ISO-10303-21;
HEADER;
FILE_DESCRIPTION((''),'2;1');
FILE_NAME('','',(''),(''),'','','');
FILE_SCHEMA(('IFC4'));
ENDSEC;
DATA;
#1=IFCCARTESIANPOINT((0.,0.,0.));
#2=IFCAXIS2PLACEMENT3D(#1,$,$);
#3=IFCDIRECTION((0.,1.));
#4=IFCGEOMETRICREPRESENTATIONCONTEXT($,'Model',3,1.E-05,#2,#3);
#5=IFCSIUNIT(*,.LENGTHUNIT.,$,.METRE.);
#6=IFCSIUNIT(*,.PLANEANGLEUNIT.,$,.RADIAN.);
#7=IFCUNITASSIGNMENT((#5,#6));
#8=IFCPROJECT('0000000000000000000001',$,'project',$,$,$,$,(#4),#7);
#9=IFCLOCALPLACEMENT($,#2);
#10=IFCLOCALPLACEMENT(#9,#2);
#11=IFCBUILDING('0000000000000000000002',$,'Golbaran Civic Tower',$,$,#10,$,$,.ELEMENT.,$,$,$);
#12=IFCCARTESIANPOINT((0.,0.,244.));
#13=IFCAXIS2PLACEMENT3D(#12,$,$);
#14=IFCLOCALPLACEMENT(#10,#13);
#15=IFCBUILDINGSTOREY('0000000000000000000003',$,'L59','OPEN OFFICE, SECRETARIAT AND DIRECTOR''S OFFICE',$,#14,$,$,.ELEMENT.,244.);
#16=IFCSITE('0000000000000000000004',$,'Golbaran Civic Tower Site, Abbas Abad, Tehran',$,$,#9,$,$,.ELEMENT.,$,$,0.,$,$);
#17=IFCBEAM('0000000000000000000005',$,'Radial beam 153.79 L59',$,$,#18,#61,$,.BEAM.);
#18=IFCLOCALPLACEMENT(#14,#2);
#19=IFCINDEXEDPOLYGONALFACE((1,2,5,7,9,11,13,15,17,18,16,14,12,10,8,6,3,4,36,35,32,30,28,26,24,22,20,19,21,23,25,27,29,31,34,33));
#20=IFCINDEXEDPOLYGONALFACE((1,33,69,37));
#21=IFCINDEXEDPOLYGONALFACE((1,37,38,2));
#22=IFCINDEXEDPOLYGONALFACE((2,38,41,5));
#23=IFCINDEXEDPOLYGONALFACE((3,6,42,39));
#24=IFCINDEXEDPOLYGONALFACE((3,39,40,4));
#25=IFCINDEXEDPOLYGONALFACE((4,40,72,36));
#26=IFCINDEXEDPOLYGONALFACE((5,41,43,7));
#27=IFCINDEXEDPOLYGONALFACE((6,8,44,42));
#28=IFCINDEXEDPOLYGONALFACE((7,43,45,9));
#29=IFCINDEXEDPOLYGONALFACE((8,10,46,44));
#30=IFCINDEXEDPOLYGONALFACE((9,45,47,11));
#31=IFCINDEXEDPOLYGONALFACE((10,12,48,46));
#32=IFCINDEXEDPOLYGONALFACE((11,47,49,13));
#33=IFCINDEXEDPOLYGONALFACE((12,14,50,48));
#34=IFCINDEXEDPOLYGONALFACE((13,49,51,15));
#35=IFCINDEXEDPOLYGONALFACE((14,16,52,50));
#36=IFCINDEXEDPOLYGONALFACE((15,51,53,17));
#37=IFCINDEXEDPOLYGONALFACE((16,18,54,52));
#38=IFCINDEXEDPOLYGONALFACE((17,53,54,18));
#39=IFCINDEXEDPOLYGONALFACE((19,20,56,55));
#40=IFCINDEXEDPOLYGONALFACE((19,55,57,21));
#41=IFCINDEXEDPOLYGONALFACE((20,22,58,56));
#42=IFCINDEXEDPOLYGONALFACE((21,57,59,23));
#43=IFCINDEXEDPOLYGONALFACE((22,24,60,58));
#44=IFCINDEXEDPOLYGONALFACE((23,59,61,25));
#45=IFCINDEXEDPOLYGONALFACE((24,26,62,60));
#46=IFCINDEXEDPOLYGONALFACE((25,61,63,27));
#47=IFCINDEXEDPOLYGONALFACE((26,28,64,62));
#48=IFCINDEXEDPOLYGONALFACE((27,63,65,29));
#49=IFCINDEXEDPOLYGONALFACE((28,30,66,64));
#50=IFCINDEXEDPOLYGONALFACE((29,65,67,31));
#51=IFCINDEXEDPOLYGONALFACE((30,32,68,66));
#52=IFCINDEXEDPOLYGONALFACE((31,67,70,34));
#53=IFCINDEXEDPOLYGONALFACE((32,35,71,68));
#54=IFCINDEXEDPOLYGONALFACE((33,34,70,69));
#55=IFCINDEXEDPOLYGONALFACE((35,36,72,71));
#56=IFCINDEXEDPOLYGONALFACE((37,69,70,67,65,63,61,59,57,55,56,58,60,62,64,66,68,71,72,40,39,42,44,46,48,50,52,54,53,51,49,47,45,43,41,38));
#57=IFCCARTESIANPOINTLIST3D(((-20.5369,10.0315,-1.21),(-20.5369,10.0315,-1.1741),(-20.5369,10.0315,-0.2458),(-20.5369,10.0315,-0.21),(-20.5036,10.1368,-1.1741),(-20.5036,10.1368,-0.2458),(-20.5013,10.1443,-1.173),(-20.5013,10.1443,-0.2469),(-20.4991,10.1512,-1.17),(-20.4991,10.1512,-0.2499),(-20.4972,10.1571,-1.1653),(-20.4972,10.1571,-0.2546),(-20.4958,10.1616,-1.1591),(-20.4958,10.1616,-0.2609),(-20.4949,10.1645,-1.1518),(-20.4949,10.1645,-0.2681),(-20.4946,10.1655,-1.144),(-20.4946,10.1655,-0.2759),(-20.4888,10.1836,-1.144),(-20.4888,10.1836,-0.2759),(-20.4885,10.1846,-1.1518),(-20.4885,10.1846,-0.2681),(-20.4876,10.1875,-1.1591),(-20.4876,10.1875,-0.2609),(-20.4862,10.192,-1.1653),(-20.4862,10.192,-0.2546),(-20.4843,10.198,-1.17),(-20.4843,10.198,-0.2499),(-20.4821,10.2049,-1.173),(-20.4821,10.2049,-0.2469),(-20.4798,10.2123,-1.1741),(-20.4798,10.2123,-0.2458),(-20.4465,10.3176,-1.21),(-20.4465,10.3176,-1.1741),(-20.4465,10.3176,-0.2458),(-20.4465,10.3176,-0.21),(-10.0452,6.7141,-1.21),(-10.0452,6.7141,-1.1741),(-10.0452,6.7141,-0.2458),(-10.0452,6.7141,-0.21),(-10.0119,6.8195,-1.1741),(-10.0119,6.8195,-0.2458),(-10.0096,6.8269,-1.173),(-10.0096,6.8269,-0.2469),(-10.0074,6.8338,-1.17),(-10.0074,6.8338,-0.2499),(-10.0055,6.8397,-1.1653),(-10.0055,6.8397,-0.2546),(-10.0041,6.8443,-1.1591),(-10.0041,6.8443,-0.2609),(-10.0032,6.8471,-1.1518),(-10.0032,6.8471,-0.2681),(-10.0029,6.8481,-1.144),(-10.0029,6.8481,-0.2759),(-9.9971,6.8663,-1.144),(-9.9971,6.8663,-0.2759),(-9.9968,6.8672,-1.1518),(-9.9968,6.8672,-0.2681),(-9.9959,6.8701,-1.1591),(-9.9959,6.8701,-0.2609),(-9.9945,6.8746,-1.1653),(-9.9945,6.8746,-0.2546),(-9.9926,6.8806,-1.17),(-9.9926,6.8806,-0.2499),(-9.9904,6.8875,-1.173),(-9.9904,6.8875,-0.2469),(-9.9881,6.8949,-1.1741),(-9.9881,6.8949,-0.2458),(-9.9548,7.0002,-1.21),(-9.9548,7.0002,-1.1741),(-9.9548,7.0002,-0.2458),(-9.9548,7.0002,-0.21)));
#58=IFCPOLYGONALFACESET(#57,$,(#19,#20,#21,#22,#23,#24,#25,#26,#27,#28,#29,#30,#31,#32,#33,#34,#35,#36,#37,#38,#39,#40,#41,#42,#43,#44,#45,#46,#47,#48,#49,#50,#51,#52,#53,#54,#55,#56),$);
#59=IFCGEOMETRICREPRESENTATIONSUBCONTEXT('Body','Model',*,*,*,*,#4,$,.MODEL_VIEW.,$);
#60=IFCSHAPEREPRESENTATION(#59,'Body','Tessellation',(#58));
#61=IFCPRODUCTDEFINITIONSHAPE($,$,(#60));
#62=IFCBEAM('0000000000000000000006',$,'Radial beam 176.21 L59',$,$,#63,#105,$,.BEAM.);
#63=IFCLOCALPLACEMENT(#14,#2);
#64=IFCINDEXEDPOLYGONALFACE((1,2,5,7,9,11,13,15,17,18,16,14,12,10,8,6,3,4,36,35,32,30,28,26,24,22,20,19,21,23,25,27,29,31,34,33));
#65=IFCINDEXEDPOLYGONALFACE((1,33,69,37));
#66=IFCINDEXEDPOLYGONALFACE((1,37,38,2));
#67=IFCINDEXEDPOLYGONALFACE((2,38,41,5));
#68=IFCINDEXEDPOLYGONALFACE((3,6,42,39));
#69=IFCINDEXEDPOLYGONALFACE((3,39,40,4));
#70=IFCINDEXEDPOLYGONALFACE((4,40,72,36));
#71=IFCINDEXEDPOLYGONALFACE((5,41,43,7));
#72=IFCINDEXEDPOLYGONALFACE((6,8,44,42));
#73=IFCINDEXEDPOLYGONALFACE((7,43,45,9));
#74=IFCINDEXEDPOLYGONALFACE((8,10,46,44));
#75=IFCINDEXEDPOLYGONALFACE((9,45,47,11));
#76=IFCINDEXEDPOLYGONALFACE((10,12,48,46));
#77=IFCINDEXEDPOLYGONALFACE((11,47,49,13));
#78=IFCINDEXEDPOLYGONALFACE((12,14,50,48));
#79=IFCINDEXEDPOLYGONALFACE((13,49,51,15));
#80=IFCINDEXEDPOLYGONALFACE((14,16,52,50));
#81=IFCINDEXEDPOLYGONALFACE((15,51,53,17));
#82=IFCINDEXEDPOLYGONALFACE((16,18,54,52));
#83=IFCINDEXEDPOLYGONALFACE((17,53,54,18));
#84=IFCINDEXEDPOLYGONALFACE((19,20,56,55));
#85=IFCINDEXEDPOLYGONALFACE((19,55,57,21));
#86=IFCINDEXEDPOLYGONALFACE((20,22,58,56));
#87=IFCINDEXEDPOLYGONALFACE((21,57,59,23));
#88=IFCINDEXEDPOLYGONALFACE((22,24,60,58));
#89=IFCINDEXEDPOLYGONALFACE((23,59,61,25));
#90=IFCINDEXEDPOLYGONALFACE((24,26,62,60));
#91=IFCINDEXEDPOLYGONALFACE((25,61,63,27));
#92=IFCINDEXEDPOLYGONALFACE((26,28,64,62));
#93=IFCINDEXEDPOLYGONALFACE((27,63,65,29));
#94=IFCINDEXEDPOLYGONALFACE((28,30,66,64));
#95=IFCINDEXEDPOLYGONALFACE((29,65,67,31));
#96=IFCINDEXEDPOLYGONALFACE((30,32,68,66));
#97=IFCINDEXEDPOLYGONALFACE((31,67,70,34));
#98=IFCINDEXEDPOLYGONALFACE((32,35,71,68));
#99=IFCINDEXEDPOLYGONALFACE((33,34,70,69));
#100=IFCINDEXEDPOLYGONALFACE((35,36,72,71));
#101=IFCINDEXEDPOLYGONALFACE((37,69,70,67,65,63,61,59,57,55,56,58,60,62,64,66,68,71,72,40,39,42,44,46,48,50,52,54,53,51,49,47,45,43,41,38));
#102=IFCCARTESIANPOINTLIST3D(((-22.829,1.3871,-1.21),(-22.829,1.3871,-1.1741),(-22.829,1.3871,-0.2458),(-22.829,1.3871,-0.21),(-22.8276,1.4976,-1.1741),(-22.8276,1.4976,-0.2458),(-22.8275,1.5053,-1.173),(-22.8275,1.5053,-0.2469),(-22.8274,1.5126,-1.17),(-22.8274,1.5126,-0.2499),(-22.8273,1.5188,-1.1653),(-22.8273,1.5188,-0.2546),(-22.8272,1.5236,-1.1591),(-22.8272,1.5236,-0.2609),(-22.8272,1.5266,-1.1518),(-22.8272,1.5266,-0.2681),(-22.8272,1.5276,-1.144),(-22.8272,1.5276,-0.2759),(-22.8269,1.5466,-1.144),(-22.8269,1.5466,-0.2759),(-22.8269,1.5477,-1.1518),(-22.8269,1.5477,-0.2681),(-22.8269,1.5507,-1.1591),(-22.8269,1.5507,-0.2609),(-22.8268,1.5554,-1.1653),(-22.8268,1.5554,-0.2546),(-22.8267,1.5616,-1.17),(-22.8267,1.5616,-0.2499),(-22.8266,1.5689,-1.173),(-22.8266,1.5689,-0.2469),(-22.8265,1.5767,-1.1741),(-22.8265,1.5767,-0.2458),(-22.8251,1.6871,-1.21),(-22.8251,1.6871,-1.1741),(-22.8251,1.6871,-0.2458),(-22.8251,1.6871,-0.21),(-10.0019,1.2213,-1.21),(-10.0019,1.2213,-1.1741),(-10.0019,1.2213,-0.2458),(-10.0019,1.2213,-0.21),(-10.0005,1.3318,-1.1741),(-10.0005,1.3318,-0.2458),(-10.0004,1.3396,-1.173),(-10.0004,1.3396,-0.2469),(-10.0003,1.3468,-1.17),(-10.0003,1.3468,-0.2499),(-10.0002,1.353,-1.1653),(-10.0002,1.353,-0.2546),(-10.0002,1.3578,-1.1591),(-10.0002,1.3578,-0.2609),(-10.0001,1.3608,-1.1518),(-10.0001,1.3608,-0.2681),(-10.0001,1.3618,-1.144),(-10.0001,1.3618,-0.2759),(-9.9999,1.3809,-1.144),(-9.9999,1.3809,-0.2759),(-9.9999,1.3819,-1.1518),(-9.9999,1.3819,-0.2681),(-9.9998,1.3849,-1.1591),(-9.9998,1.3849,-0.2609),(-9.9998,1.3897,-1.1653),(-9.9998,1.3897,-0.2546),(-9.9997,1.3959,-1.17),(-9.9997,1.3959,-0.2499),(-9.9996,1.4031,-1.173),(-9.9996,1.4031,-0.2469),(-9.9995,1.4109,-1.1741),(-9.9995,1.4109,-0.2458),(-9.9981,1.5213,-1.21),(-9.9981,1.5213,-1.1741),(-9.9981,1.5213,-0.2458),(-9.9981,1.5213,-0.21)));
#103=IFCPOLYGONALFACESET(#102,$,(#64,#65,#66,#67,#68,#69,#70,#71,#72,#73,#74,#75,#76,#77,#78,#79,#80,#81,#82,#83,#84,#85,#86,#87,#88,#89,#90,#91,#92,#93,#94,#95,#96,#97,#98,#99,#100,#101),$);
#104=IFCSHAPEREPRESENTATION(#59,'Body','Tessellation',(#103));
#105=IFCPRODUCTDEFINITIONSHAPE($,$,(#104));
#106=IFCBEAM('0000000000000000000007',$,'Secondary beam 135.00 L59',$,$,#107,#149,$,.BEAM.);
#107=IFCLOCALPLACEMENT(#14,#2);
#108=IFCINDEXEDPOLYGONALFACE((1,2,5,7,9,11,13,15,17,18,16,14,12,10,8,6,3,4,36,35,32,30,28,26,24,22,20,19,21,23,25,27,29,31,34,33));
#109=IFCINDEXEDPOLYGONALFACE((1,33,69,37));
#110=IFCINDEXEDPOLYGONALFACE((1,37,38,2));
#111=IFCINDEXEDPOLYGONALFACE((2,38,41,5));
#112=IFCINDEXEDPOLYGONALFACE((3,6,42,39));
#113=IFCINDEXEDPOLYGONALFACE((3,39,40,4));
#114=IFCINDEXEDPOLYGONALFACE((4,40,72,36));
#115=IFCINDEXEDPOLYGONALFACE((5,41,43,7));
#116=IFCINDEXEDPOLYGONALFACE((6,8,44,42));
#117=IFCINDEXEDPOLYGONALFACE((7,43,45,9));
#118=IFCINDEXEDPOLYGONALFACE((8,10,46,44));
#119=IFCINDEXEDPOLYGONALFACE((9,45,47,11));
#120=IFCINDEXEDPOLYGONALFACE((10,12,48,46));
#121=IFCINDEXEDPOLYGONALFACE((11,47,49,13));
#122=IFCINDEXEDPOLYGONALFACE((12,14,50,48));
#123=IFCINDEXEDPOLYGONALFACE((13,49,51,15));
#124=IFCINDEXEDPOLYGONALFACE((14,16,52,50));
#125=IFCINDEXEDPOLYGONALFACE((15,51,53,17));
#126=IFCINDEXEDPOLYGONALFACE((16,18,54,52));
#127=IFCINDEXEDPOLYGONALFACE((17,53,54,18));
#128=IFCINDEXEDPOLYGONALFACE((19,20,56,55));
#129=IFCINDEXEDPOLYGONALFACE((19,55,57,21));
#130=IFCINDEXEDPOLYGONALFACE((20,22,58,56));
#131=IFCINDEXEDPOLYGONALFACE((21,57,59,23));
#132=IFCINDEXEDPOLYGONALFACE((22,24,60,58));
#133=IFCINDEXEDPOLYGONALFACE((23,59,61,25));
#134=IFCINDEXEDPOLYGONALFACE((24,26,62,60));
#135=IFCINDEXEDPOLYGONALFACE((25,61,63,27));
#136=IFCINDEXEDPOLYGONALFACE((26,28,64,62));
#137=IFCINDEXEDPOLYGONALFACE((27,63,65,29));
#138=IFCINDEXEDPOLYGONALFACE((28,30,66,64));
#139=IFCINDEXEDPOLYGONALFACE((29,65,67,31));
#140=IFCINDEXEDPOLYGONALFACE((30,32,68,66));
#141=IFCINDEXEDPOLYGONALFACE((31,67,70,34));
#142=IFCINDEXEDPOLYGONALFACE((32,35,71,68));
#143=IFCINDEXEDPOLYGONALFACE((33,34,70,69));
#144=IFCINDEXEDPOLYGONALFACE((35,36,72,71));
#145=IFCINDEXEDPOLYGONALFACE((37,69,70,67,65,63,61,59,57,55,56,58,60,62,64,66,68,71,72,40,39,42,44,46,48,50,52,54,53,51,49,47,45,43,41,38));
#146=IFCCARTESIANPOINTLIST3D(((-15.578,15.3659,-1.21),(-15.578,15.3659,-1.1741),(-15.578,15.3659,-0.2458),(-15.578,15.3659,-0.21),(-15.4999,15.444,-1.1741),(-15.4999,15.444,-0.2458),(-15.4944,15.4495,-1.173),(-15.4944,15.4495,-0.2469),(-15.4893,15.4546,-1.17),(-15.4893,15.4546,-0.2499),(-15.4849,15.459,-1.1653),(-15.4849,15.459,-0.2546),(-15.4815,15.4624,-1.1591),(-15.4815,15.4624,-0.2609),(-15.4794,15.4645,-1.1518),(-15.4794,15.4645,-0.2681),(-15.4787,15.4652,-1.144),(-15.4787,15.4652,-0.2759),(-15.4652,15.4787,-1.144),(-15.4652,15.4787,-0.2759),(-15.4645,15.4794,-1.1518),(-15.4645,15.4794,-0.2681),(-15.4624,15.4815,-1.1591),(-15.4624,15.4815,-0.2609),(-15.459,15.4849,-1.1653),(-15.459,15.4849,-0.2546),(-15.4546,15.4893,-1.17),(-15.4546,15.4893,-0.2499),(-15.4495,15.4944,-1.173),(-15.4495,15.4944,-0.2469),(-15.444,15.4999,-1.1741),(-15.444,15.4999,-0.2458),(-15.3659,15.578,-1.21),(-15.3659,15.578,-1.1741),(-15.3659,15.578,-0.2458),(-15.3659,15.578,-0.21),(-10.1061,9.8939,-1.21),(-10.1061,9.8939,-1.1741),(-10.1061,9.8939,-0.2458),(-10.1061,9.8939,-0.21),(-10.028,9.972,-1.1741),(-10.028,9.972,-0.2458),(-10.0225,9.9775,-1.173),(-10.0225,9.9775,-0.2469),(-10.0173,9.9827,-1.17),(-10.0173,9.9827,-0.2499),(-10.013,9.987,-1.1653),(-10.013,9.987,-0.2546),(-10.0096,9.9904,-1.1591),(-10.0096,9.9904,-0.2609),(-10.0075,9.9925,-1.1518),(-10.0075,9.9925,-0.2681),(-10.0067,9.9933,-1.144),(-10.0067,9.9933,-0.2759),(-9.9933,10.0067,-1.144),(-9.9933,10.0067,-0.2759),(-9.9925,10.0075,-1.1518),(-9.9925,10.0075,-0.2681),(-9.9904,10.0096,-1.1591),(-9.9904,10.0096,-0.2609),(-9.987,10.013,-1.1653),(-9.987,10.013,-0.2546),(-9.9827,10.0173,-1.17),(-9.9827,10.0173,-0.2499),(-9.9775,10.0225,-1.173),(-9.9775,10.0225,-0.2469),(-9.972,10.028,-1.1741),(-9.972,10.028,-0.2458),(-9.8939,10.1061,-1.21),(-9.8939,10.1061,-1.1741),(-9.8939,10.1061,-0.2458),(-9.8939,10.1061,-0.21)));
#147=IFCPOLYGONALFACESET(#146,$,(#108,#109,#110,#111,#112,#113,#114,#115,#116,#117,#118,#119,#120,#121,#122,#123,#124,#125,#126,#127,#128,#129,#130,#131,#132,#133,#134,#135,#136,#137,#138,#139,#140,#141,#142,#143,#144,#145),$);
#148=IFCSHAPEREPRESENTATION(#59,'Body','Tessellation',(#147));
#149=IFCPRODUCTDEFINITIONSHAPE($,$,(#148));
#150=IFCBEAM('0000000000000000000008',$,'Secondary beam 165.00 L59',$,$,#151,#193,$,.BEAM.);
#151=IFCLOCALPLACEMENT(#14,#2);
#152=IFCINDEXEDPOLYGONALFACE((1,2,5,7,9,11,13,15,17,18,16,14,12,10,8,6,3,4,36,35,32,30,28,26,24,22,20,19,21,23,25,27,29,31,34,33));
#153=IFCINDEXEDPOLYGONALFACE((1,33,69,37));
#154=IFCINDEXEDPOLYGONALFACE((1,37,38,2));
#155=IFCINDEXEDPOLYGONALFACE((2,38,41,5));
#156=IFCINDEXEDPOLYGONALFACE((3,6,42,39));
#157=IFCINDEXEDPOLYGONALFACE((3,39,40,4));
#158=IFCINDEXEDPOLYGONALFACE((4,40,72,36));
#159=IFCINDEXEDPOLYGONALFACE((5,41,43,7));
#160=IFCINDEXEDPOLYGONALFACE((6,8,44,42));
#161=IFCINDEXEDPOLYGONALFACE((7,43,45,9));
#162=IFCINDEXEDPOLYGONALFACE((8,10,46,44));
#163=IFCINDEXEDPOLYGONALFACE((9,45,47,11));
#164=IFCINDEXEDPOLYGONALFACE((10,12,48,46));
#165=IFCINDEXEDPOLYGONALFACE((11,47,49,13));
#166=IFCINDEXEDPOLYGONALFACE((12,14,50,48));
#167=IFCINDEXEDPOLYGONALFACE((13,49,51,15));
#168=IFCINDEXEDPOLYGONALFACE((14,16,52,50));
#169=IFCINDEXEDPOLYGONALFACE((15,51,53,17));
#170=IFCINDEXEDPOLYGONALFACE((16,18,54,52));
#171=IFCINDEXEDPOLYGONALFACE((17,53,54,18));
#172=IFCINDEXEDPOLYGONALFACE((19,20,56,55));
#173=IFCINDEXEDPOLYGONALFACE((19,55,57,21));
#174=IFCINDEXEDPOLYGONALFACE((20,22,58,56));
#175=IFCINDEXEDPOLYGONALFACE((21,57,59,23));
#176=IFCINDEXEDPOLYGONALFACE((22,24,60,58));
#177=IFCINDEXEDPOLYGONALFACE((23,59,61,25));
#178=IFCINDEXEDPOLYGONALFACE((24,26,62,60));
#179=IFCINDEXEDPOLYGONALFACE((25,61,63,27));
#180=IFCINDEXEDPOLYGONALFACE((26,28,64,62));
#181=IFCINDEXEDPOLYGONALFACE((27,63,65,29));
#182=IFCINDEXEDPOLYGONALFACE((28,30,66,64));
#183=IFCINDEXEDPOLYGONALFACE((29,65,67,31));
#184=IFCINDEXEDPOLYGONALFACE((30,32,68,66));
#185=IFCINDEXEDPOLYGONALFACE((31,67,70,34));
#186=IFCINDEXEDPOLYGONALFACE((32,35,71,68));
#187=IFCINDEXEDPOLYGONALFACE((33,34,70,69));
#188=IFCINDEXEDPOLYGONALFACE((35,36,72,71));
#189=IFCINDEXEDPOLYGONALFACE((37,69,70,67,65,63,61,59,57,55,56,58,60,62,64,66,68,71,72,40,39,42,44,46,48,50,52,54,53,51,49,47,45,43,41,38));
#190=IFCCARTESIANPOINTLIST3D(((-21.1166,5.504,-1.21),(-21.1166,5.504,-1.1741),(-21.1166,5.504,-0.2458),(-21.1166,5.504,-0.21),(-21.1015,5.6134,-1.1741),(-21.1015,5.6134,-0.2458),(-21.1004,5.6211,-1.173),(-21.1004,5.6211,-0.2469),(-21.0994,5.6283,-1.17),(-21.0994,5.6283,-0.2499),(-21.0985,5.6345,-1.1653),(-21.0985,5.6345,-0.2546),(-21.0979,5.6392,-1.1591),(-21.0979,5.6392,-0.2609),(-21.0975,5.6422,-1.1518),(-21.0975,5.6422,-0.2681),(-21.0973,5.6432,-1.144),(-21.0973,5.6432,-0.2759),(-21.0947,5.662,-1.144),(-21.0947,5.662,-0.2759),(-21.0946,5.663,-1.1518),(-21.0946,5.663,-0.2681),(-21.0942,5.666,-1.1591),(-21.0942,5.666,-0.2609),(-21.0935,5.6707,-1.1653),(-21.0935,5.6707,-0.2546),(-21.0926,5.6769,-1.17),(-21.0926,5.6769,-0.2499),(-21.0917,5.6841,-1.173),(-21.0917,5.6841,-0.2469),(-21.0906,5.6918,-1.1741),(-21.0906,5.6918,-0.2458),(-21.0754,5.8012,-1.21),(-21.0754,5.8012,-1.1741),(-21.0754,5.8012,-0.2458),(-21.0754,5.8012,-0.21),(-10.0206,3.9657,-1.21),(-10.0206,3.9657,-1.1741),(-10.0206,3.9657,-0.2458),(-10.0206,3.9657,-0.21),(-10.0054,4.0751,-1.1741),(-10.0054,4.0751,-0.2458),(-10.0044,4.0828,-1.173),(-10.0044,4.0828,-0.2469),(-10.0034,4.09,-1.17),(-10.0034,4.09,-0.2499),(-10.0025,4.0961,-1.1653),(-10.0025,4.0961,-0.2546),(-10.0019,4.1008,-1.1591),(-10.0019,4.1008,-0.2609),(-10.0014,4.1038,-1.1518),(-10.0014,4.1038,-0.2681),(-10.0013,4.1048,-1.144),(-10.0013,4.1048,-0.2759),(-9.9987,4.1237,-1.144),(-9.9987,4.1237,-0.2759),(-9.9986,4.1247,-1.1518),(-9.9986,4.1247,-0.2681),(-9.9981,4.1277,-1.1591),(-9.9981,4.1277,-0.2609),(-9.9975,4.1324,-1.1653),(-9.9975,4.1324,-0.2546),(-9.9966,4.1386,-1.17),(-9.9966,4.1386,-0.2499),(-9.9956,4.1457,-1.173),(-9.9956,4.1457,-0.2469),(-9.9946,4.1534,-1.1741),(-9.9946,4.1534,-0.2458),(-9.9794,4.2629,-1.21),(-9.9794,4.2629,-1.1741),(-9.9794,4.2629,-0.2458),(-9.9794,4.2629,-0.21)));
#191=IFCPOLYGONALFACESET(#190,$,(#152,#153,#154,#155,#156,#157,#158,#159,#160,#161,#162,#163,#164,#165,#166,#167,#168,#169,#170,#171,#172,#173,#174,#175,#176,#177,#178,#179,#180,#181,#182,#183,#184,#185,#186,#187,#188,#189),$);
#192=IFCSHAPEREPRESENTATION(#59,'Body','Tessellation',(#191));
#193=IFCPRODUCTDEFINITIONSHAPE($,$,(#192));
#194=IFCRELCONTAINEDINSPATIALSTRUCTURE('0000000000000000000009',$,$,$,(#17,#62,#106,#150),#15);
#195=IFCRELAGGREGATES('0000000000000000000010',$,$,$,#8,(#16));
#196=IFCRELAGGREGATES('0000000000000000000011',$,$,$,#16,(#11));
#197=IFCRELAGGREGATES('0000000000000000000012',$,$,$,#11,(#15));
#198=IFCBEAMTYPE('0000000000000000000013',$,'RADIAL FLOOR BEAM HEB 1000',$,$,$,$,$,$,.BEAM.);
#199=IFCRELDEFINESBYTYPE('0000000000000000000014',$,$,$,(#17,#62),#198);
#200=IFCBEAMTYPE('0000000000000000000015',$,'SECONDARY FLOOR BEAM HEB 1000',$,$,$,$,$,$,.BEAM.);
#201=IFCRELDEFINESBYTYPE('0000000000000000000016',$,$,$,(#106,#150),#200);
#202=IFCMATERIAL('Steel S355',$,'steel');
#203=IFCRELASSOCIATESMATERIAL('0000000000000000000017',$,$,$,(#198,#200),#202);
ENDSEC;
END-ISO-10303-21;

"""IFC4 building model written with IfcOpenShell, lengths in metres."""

from ifc_helpers import new_model, si_unit, direction, frame, origin, origin_2d, place, context, subcontext, project, spatial, i_section, extrude, material, material_profile, profile_set, type_object, element, save


model = new_model("IFC4")

# Units and contexts
model_context = context("Model", 3, precision=1e-05, world=origin(), true_north=direction((0.0, 1.0)))
body_context = subcontext(model_context, "Body", "Model", "MODEL_VIEW")
ifc_project = project(units=[si_unit("LENGTHUNIT", "METRE"), si_unit("PLANEANGLEUNIT", "RADIAN")], contexts=[model_context])

# Site, building, storey
site_placement = place(None, origin())
site = spatial("IfcSite", under=ifc_project, at=site_placement, Name="Golbaran Civic Tower Site, Abbas Abad, Tehran", CompositionType="ELEMENT", RefElevation=0.0)
building_placement = place(site_placement, origin())
building = spatial("IfcBuilding", under=site, at=building_placement, Name="Golbaran Civic Tower", CompositionType="ELEMENT")
storey_placement = place(building_placement, frame((0.0, 0.0, 244.0)))
storey = spatial("IfcBuildingStorey", under=building, at=storey_placement, Name="L59", Description="OPEN OFFICE, SECRETARIAT AND DIRECTOR'S OFFICE", CompositionType="ELEMENT", Elevation=244.0)

# Beams
ifc_material_1 = material(Name="Steel S355", Category="steel")
ifc_material_profile_1 = material_profile(ifc_material_1, i_section(OverallWidth=0.3, OverallDepth=1.0, WebThickness=0.019, FlangeThickness=0.0359, FilletRadius=0.03, at=origin_2d()), Name="HEB 1000")
ifc_profile_set_1 = profile_set([ifc_material_profile_1], Name="Steel S355")
beam_type_1 = type_object("IfcBeamType", Name="RADIAL FLOOR BEAM HEB 1000", PredefinedType="BEAM", material=ifc_profile_set_1)
beam_1_placement = place(storey_placement, frame((-10.0, 6.8572, -0.71), z_axis=(-0.953473, 0.30148, 0.0), x_axis=(-0.30148, -0.953473, 0.0)))
element("IfcBeam", 1, at=beam_1_placement, inside=storey, type_object=beam_type_1, Name="Radial beam 153.79 L59", PredefinedType="BEAM", context=body_context, shape_type="SweptSolid", body=[
    extrude(i_section(OverallWidth=0.3, OverallDepth=1.0, WebThickness=0.019, FlangeThickness=0.0359, FilletRadius=0.03, at=origin_2d()), origin(), (0.0, 0.0, 1.0), 11.0037),
])
beam_2_placement = place(storey_placement, frame((-10.0, 1.3713, -0.71), z_axis=(-0.999917, 0.012922, 0.0), x_axis=(-0.012922, -0.999917, 0.0)))
element("IfcBeam", 2, at=beam_2_placement, inside=storey, type_object=beam_type_1, Name="Radial beam 176.21 L59", PredefinedType="BEAM", context=body_context, shape_type="SweptSolid", body=[
    extrude(i_section(OverallWidth=0.3, OverallDepth=1.0, WebThickness=0.019, FlangeThickness=0.0359, FilletRadius=0.03, at=origin_2d()), origin(), (0.0, 0.0, 1.0), 12.8281),
])
ifc_material_profile_2 = material_profile(ifc_material_1, i_section(OverallWidth=0.3, OverallDepth=1.0, WebThickness=0.019, FlangeThickness=0.0359, FilletRadius=0.03, at=origin_2d()), Name="HEB 1000")
ifc_profile_set_2 = profile_set([ifc_material_profile_2], Name="Steel S355")
beam_type_2 = type_object("IfcBeamType", Name="SECONDARY FLOOR BEAM HEB 1000", PredefinedType="BEAM", material=ifc_profile_set_2)
beam_3_placement = place(storey_placement, frame((-10.0, 10.0, -0.71), z_axis=(-0.707107, 0.707107, 0.0), x_axis=(-0.707107, -0.707107, 0.0)))
element("IfcBeam", 3, at=beam_3_placement, inside=storey, type_object=beam_type_2, Name="Secondary beam 135.00 L59", PredefinedType="BEAM", context=body_context, shape_type="SweptSolid", body=[
    extrude(i_section(OverallWidth=0.3, OverallDepth=1.0, WebThickness=0.019, FlangeThickness=0.0359, FilletRadius=0.03, at=origin_2d()), origin(), (0.0, 0.0, 1.0), 7.7385),
])
beam_4_placement = place(storey_placement, frame((-10.0, 4.1143, -0.71), z_axis=(-0.990526, 0.137325, 0.0), x_axis=(-0.137325, -0.990526, 0.0)))
element("IfcBeam", 4, at=beam_4_placement, inside=storey, type_object=beam_type_2, Name="Secondary beam 165.00 L59", PredefinedType="BEAM", context=body_context, shape_type="SweptSolid", body=[
    extrude(i_section(OverallWidth=0.3, OverallDepth=1.0, WebThickness=0.019, FlangeThickness=0.0359, FilletRadius=0.03, at=origin_2d()), origin(), (0.0, 0.0, 1.0), 11.2021),
])

save(model, "model.ifc")
